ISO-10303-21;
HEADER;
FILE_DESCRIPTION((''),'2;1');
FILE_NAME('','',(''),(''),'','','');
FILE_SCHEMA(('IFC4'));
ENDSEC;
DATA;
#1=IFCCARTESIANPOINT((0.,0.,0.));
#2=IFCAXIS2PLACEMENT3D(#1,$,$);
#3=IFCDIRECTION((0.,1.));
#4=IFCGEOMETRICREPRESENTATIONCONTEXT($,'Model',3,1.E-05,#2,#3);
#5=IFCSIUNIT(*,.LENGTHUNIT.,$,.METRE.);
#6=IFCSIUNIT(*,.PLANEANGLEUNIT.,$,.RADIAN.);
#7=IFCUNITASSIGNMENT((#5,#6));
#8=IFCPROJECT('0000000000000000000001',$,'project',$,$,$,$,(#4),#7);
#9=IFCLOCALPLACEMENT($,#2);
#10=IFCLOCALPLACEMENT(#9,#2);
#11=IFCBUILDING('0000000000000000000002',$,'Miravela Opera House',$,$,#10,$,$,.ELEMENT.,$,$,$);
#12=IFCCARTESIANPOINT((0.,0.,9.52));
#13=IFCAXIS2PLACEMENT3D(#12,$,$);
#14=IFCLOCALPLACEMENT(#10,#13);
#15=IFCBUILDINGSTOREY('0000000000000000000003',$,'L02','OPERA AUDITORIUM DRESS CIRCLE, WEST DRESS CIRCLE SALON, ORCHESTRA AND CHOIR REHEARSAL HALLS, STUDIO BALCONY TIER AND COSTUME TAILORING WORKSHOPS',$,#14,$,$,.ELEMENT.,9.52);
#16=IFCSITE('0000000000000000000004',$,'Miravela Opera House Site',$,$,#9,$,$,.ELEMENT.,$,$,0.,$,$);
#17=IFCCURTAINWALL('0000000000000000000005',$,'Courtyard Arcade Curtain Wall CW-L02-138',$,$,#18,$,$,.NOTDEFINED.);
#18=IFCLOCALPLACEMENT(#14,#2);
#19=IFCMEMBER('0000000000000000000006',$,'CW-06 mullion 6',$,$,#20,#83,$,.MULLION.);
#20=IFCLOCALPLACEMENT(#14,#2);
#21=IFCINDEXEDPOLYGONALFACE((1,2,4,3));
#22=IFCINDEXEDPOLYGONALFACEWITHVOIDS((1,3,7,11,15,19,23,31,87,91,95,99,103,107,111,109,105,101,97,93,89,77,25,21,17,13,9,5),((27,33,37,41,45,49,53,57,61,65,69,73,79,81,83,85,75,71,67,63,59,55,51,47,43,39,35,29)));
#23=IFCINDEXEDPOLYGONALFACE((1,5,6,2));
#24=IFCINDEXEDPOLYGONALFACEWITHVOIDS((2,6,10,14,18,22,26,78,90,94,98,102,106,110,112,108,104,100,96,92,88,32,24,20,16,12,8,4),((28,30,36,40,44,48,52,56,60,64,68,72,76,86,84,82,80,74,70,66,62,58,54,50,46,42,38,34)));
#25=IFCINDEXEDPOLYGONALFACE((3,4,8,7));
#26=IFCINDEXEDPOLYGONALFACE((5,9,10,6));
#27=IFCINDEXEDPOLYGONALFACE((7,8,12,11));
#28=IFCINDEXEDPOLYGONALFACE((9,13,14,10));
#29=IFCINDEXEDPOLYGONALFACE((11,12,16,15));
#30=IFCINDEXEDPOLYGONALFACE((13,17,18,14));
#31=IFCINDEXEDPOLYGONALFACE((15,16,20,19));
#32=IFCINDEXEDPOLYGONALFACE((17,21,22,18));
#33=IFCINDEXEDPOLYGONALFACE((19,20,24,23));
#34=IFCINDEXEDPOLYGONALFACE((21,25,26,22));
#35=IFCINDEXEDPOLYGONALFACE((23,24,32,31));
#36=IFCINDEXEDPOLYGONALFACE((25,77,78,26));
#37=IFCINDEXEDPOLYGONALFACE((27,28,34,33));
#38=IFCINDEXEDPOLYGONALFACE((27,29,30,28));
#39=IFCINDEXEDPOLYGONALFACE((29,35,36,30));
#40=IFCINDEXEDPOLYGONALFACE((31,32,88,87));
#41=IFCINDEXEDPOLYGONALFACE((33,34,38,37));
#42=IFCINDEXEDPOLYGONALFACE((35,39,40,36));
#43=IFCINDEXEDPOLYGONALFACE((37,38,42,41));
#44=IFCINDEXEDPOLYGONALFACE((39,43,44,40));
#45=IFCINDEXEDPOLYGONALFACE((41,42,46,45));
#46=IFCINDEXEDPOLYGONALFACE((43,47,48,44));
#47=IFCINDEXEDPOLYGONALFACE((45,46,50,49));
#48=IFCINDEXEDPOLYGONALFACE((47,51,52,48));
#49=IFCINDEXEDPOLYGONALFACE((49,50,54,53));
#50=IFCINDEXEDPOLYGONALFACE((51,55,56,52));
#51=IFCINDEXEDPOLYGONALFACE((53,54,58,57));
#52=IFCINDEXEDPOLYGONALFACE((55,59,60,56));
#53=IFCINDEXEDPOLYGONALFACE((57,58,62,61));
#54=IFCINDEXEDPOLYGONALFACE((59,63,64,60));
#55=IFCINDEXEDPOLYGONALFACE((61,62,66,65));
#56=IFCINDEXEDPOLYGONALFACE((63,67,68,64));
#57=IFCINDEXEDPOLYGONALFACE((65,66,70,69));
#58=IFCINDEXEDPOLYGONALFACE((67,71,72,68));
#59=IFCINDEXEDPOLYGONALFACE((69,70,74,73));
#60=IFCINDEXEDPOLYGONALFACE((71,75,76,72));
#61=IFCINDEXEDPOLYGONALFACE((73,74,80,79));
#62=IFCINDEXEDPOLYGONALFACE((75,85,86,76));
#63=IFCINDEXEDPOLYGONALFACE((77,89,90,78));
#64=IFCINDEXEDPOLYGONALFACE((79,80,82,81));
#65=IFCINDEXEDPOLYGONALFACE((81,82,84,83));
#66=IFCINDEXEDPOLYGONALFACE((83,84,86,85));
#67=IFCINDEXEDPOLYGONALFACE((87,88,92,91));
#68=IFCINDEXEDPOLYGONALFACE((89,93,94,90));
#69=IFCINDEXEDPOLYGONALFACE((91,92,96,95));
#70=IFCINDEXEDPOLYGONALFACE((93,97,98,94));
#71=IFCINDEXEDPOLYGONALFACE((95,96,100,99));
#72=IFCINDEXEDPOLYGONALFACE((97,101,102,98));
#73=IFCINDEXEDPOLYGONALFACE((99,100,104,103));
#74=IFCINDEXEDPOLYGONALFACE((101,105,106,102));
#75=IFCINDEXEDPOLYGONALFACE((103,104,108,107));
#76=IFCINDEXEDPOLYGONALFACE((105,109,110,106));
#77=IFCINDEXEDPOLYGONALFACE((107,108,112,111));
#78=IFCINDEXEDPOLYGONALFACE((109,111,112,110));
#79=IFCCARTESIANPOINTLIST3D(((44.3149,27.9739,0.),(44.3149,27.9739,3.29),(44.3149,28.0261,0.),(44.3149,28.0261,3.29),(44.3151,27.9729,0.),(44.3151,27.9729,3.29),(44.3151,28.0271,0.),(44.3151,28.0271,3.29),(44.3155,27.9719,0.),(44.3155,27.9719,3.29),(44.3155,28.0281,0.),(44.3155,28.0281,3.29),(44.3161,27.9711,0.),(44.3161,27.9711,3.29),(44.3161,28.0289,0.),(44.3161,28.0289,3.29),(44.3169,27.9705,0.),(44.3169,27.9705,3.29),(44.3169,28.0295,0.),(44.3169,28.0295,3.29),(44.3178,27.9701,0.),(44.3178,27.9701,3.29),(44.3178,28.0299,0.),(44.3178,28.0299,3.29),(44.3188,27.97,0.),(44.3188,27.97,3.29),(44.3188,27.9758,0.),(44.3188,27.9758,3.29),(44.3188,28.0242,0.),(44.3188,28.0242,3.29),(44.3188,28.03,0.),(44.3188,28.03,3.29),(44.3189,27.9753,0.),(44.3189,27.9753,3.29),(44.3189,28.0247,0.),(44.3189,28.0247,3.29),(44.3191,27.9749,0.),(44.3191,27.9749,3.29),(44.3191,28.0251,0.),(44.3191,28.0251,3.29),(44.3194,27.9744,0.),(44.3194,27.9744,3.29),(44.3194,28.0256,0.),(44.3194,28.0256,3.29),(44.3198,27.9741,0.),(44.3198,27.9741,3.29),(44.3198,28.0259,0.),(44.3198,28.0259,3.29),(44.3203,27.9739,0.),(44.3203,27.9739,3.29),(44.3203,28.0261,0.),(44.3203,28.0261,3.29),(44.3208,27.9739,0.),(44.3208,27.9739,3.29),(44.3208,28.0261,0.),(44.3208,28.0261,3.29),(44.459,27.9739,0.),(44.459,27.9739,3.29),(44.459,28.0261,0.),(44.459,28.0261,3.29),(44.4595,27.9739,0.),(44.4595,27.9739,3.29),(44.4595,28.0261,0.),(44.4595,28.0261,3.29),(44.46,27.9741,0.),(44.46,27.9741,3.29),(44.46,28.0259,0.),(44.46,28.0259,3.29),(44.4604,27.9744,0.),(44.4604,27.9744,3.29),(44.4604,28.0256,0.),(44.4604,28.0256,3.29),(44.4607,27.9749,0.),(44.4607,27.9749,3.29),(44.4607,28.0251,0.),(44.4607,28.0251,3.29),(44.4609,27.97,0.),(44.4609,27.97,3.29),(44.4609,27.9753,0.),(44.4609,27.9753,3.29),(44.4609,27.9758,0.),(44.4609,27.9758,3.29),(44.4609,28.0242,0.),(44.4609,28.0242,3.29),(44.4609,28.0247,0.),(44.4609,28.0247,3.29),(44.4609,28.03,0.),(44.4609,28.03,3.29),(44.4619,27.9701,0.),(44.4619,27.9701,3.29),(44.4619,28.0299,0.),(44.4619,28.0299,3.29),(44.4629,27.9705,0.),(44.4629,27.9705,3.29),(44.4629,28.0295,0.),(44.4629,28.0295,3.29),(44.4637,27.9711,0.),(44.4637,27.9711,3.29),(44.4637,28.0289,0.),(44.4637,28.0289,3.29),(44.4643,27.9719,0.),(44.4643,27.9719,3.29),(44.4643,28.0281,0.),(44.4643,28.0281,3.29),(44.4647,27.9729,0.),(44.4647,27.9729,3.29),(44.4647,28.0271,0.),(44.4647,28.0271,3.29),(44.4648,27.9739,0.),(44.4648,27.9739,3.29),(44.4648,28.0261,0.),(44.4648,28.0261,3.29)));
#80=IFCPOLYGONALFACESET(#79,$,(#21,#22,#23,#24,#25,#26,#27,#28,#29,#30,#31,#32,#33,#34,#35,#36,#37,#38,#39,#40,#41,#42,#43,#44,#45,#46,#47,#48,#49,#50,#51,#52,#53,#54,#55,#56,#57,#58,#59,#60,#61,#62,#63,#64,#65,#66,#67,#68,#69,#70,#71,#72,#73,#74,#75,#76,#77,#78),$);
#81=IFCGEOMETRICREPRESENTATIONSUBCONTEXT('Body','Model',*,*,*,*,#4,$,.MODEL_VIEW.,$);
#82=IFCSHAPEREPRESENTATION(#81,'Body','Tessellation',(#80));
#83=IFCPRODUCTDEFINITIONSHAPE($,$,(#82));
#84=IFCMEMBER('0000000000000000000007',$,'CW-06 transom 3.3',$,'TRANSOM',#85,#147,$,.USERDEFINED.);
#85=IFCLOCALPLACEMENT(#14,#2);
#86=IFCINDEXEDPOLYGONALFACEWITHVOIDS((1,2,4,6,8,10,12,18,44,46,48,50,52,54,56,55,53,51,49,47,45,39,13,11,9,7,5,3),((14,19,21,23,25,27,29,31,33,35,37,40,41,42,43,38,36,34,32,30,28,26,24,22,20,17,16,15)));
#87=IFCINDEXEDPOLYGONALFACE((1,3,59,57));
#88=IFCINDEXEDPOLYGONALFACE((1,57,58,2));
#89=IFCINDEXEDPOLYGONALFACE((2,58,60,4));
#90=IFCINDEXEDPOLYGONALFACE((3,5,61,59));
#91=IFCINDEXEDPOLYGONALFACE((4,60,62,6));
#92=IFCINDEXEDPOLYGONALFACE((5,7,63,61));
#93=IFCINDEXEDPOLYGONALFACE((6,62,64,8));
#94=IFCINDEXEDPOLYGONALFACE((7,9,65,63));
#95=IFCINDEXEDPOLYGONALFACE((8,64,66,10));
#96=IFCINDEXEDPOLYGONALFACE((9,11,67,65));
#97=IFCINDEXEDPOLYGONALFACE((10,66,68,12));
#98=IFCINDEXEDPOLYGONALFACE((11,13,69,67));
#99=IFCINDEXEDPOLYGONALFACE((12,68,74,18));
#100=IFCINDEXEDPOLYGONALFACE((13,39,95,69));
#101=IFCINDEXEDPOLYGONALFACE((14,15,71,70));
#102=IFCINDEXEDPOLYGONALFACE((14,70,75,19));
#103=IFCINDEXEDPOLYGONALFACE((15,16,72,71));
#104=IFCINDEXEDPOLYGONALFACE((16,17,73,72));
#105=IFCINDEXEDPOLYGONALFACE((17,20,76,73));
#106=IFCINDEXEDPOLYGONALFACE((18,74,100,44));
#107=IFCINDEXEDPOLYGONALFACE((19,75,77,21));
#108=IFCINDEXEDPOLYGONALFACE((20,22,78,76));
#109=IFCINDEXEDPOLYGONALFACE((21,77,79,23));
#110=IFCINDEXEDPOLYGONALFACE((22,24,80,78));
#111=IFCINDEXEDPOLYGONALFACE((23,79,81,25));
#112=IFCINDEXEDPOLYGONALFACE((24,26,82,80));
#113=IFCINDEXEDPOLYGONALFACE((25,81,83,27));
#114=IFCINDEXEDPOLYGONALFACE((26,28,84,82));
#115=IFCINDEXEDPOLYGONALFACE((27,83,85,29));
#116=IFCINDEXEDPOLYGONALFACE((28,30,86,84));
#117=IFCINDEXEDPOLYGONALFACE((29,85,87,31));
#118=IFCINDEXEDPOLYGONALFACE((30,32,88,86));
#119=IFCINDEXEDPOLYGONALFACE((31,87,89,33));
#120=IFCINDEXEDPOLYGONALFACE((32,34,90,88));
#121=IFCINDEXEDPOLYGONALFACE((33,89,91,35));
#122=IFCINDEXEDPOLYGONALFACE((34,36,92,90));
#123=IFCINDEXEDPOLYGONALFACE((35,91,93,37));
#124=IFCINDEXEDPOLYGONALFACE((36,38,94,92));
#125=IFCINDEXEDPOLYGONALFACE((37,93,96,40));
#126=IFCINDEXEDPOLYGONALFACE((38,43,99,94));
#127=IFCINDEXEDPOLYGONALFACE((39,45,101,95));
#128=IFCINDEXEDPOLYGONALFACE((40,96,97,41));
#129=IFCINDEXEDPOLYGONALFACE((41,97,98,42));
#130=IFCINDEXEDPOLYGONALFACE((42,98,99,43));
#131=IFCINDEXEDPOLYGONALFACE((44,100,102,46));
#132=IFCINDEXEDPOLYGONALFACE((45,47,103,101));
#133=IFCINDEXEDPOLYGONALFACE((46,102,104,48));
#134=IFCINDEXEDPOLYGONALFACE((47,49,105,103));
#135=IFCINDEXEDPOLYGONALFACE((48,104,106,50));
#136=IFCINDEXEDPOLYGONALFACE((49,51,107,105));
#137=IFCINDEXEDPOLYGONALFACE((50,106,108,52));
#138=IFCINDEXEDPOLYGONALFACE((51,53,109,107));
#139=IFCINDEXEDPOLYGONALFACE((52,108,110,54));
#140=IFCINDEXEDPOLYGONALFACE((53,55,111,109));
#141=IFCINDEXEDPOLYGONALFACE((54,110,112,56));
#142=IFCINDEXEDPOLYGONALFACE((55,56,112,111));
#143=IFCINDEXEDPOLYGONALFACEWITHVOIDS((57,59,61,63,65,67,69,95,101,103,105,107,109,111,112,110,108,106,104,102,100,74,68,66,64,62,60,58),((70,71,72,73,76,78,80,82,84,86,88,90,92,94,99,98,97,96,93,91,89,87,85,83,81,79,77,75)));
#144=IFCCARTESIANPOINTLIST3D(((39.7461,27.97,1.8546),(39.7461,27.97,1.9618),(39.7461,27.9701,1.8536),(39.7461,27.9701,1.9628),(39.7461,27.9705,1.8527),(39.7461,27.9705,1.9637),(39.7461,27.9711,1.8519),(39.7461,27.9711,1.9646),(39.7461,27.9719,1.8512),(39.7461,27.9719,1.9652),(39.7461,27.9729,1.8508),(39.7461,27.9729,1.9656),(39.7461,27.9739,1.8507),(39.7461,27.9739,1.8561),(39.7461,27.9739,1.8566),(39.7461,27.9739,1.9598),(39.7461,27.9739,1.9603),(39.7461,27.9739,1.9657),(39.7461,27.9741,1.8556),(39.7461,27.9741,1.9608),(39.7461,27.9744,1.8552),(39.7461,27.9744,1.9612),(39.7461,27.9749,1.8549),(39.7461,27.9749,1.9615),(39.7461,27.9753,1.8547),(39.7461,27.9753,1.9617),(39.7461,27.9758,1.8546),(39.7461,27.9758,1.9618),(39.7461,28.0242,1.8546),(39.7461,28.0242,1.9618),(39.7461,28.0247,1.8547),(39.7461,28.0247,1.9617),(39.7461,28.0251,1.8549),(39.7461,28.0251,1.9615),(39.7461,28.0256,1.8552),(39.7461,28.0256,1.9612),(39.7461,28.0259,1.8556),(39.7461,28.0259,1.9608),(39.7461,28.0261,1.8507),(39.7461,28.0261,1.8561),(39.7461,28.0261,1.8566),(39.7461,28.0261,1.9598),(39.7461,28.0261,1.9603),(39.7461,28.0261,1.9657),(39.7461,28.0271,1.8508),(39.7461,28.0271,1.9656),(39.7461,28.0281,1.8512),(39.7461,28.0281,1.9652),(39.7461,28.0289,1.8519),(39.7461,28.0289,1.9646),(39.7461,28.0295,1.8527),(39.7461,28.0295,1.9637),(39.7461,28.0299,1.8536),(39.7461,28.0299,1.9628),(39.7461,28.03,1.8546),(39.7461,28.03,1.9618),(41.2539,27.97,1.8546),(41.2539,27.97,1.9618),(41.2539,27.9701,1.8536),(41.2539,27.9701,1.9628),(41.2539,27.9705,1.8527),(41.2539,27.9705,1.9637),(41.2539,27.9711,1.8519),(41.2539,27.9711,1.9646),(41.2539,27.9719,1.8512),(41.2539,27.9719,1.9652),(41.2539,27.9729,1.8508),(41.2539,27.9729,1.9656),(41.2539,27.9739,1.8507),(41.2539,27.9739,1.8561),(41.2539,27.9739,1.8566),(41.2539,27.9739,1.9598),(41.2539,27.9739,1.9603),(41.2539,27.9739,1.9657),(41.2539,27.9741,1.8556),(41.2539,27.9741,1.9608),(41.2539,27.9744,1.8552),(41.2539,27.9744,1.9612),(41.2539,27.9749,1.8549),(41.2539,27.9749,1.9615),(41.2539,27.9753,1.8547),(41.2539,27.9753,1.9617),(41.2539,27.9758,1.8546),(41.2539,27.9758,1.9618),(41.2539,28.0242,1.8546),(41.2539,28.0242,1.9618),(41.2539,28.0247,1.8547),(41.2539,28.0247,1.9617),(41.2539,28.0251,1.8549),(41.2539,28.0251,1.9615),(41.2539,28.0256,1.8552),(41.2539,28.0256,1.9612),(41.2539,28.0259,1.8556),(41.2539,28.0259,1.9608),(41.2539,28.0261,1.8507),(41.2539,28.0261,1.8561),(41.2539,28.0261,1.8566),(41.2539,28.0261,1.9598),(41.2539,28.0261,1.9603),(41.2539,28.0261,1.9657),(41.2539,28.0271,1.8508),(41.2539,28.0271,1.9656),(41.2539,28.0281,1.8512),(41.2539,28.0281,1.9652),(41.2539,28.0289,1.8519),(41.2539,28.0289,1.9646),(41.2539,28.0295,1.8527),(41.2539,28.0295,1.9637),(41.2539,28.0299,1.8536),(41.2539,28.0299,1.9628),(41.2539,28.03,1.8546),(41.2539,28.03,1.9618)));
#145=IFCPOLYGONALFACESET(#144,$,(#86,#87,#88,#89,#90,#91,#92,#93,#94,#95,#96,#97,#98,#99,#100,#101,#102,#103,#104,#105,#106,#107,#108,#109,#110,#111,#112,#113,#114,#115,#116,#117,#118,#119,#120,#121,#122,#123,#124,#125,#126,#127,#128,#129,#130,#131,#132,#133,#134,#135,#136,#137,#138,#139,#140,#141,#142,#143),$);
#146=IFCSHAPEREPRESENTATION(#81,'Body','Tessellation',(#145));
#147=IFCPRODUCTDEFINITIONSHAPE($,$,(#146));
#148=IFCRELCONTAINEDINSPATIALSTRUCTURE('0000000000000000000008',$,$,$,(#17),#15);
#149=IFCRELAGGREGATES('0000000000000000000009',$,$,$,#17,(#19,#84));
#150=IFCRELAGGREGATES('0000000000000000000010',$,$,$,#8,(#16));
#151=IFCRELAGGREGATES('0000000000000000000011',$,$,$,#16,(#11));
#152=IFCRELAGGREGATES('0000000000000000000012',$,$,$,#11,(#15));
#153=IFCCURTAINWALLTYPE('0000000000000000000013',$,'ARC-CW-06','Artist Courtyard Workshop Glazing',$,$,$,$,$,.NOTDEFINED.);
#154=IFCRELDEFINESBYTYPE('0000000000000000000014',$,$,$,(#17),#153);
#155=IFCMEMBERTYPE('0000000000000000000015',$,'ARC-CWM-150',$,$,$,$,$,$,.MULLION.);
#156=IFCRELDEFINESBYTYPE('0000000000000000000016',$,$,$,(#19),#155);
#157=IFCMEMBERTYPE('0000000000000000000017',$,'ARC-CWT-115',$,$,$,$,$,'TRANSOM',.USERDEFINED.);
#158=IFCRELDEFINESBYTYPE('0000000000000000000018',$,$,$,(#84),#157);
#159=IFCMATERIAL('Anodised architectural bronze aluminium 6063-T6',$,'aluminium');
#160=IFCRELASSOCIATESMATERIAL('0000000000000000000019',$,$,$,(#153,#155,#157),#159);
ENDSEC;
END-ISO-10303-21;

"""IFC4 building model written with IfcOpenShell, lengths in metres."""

from ifc_helpers import new_model, si_unit, direction, frame, origin, origin_2d, place, context, subcontext, project, spatial, hollow_rectangle, extrude, material, material_profile, profile_set, type_object, element, aggregate, save


model = new_model("IFC4")

# Units and contexts
model_context = context("Model", 3, precision=1e-05, world=origin(), true_north=direction((0.0, 1.0)))
body_context = subcontext(model_context, "Body", "Model", "MODEL_VIEW")
ifc_project = project(units=[si_unit("LENGTHUNIT", "METRE"), si_unit("PLANEANGLEUNIT", "RADIAN")], contexts=[model_context])

# Site, building, storey
site_placement = place(None, origin())
site = spatial("IfcSite", under=ifc_project, at=site_placement, Name="Miravela Opera House Site", CompositionType="ELEMENT", RefElevation=0.0)
building_placement = place(site_placement, origin())
building = spatial("IfcBuilding", under=site, at=building_placement, Name="Miravela Opera House", CompositionType="ELEMENT")
storey_placement = place(building_placement, frame((0.0, 0.0, 9.52)))
storey = spatial("IfcBuildingStorey", under=building, at=storey_placement, Name="L02", Description="OPERA AUDITORIUM DRESS CIRCLE, WEST DRESS CIRCLE SALON, ORCHESTRA AND CHOIR REHEARSAL HALLS, STUDIO BALCONY TIER AND COSTUME TAILORING WORKSHOPS", CompositionType="ELEMENT", Elevation=9.52)

# Curtain wall, members
ifc_material_1 = material(Name="Anodised architectural bronze aluminium 6063-T6", Category="aluminium")
curtain_wall_type = type_object("IfcCurtainWallType", Name="ARC-CW-06", Description="Artist Courtyard Workshop Glazing", PredefinedType="NOTDEFINED", material=ifc_material_1)
curtain_wall_placement = place(storey_placement, origin())
curtain_wall = element("IfcCurtainWall", 1, at=curtain_wall_placement, inside=storey, type_object=curtain_wall_type, Name="Courtyard Arcade Curtain Wall CW-L02-138", PredefinedType="NOTDEFINED")
ifc_material_profile_1 = material_profile(ifc_material_1, hollow_rectangle(XDim=0.0601, YDim=0.1499, WallThickness=0.0039, InnerFilletRadius=0.002, OuterFilletRadius=0.0039, at=origin_2d()), Name="CWM-60X150")
ifc_profile_set_1 = profile_set([ifc_material_profile_1])
member_type_1 = type_object("IfcMemberType", Name="ARC-CWM-150", PredefinedType="MULLION", material=ifc_profile_set_1)
member_1_placement = place(storey_placement, frame((44.3899, 28.0, 0.0), z_axis=(0.0, 0.0, 1.0), x_axis=(0.0, 1.0, 0.0)))
member_1 = element("IfcMember", 2, at=member_1_placement, type_object=member_type_1, Name="CW-06 mullion 6", PredefinedType="MULLION", context=body_context, shape_type="SweptSolid", body=[
    extrude(hollow_rectangle(XDim=0.0601, YDim=0.1499, WallThickness=0.0039, InnerFilletRadius=0.002, OuterFilletRadius=0.0039, at=origin_2d()), origin(), (0.0, 0.0, 1.0), 3.29),
])
ifc_material_profile_2 = material_profile(ifc_material_1, hollow_rectangle(XDim=0.0601, YDim=0.115, WallThickness=0.0039, InnerFilletRadius=0.002, OuterFilletRadius=0.0039, at=origin_2d()), Name="CWT-60X115")
ifc_profile_set_2 = profile_set([ifc_material_profile_2])
member_type_2 = type_object("IfcMemberType", Name="ARC-CWT-115", ElementType="TRANSOM", PredefinedType="USERDEFINED", material=ifc_profile_set_2)
member_2_placement = place(storey_placement, frame((39.7461, 28.0, 1.9082), z_axis=(1.0, 0.0, 0.0), x_axis=(0.0, 1.0, 0.0)))
member_2 = element("IfcMember", 3, at=member_2_placement, type_object=member_type_2, Name="CW-06 transom 3.3", ObjectType="TRANSOM", PredefinedType="USERDEFINED", context=body_context, shape_type="SweptSolid", body=[
    extrude(hollow_rectangle(XDim=0.0601, YDim=0.115, WallThickness=0.0039, InnerFilletRadius=0.002, OuterFilletRadius=0.0039, at=origin_2d()), origin(), (0.0, 0.0, 1.0), 1.5078),
])

aggregate(curtain_wall, [member_1, member_2])

save(model, "model.ifc")
